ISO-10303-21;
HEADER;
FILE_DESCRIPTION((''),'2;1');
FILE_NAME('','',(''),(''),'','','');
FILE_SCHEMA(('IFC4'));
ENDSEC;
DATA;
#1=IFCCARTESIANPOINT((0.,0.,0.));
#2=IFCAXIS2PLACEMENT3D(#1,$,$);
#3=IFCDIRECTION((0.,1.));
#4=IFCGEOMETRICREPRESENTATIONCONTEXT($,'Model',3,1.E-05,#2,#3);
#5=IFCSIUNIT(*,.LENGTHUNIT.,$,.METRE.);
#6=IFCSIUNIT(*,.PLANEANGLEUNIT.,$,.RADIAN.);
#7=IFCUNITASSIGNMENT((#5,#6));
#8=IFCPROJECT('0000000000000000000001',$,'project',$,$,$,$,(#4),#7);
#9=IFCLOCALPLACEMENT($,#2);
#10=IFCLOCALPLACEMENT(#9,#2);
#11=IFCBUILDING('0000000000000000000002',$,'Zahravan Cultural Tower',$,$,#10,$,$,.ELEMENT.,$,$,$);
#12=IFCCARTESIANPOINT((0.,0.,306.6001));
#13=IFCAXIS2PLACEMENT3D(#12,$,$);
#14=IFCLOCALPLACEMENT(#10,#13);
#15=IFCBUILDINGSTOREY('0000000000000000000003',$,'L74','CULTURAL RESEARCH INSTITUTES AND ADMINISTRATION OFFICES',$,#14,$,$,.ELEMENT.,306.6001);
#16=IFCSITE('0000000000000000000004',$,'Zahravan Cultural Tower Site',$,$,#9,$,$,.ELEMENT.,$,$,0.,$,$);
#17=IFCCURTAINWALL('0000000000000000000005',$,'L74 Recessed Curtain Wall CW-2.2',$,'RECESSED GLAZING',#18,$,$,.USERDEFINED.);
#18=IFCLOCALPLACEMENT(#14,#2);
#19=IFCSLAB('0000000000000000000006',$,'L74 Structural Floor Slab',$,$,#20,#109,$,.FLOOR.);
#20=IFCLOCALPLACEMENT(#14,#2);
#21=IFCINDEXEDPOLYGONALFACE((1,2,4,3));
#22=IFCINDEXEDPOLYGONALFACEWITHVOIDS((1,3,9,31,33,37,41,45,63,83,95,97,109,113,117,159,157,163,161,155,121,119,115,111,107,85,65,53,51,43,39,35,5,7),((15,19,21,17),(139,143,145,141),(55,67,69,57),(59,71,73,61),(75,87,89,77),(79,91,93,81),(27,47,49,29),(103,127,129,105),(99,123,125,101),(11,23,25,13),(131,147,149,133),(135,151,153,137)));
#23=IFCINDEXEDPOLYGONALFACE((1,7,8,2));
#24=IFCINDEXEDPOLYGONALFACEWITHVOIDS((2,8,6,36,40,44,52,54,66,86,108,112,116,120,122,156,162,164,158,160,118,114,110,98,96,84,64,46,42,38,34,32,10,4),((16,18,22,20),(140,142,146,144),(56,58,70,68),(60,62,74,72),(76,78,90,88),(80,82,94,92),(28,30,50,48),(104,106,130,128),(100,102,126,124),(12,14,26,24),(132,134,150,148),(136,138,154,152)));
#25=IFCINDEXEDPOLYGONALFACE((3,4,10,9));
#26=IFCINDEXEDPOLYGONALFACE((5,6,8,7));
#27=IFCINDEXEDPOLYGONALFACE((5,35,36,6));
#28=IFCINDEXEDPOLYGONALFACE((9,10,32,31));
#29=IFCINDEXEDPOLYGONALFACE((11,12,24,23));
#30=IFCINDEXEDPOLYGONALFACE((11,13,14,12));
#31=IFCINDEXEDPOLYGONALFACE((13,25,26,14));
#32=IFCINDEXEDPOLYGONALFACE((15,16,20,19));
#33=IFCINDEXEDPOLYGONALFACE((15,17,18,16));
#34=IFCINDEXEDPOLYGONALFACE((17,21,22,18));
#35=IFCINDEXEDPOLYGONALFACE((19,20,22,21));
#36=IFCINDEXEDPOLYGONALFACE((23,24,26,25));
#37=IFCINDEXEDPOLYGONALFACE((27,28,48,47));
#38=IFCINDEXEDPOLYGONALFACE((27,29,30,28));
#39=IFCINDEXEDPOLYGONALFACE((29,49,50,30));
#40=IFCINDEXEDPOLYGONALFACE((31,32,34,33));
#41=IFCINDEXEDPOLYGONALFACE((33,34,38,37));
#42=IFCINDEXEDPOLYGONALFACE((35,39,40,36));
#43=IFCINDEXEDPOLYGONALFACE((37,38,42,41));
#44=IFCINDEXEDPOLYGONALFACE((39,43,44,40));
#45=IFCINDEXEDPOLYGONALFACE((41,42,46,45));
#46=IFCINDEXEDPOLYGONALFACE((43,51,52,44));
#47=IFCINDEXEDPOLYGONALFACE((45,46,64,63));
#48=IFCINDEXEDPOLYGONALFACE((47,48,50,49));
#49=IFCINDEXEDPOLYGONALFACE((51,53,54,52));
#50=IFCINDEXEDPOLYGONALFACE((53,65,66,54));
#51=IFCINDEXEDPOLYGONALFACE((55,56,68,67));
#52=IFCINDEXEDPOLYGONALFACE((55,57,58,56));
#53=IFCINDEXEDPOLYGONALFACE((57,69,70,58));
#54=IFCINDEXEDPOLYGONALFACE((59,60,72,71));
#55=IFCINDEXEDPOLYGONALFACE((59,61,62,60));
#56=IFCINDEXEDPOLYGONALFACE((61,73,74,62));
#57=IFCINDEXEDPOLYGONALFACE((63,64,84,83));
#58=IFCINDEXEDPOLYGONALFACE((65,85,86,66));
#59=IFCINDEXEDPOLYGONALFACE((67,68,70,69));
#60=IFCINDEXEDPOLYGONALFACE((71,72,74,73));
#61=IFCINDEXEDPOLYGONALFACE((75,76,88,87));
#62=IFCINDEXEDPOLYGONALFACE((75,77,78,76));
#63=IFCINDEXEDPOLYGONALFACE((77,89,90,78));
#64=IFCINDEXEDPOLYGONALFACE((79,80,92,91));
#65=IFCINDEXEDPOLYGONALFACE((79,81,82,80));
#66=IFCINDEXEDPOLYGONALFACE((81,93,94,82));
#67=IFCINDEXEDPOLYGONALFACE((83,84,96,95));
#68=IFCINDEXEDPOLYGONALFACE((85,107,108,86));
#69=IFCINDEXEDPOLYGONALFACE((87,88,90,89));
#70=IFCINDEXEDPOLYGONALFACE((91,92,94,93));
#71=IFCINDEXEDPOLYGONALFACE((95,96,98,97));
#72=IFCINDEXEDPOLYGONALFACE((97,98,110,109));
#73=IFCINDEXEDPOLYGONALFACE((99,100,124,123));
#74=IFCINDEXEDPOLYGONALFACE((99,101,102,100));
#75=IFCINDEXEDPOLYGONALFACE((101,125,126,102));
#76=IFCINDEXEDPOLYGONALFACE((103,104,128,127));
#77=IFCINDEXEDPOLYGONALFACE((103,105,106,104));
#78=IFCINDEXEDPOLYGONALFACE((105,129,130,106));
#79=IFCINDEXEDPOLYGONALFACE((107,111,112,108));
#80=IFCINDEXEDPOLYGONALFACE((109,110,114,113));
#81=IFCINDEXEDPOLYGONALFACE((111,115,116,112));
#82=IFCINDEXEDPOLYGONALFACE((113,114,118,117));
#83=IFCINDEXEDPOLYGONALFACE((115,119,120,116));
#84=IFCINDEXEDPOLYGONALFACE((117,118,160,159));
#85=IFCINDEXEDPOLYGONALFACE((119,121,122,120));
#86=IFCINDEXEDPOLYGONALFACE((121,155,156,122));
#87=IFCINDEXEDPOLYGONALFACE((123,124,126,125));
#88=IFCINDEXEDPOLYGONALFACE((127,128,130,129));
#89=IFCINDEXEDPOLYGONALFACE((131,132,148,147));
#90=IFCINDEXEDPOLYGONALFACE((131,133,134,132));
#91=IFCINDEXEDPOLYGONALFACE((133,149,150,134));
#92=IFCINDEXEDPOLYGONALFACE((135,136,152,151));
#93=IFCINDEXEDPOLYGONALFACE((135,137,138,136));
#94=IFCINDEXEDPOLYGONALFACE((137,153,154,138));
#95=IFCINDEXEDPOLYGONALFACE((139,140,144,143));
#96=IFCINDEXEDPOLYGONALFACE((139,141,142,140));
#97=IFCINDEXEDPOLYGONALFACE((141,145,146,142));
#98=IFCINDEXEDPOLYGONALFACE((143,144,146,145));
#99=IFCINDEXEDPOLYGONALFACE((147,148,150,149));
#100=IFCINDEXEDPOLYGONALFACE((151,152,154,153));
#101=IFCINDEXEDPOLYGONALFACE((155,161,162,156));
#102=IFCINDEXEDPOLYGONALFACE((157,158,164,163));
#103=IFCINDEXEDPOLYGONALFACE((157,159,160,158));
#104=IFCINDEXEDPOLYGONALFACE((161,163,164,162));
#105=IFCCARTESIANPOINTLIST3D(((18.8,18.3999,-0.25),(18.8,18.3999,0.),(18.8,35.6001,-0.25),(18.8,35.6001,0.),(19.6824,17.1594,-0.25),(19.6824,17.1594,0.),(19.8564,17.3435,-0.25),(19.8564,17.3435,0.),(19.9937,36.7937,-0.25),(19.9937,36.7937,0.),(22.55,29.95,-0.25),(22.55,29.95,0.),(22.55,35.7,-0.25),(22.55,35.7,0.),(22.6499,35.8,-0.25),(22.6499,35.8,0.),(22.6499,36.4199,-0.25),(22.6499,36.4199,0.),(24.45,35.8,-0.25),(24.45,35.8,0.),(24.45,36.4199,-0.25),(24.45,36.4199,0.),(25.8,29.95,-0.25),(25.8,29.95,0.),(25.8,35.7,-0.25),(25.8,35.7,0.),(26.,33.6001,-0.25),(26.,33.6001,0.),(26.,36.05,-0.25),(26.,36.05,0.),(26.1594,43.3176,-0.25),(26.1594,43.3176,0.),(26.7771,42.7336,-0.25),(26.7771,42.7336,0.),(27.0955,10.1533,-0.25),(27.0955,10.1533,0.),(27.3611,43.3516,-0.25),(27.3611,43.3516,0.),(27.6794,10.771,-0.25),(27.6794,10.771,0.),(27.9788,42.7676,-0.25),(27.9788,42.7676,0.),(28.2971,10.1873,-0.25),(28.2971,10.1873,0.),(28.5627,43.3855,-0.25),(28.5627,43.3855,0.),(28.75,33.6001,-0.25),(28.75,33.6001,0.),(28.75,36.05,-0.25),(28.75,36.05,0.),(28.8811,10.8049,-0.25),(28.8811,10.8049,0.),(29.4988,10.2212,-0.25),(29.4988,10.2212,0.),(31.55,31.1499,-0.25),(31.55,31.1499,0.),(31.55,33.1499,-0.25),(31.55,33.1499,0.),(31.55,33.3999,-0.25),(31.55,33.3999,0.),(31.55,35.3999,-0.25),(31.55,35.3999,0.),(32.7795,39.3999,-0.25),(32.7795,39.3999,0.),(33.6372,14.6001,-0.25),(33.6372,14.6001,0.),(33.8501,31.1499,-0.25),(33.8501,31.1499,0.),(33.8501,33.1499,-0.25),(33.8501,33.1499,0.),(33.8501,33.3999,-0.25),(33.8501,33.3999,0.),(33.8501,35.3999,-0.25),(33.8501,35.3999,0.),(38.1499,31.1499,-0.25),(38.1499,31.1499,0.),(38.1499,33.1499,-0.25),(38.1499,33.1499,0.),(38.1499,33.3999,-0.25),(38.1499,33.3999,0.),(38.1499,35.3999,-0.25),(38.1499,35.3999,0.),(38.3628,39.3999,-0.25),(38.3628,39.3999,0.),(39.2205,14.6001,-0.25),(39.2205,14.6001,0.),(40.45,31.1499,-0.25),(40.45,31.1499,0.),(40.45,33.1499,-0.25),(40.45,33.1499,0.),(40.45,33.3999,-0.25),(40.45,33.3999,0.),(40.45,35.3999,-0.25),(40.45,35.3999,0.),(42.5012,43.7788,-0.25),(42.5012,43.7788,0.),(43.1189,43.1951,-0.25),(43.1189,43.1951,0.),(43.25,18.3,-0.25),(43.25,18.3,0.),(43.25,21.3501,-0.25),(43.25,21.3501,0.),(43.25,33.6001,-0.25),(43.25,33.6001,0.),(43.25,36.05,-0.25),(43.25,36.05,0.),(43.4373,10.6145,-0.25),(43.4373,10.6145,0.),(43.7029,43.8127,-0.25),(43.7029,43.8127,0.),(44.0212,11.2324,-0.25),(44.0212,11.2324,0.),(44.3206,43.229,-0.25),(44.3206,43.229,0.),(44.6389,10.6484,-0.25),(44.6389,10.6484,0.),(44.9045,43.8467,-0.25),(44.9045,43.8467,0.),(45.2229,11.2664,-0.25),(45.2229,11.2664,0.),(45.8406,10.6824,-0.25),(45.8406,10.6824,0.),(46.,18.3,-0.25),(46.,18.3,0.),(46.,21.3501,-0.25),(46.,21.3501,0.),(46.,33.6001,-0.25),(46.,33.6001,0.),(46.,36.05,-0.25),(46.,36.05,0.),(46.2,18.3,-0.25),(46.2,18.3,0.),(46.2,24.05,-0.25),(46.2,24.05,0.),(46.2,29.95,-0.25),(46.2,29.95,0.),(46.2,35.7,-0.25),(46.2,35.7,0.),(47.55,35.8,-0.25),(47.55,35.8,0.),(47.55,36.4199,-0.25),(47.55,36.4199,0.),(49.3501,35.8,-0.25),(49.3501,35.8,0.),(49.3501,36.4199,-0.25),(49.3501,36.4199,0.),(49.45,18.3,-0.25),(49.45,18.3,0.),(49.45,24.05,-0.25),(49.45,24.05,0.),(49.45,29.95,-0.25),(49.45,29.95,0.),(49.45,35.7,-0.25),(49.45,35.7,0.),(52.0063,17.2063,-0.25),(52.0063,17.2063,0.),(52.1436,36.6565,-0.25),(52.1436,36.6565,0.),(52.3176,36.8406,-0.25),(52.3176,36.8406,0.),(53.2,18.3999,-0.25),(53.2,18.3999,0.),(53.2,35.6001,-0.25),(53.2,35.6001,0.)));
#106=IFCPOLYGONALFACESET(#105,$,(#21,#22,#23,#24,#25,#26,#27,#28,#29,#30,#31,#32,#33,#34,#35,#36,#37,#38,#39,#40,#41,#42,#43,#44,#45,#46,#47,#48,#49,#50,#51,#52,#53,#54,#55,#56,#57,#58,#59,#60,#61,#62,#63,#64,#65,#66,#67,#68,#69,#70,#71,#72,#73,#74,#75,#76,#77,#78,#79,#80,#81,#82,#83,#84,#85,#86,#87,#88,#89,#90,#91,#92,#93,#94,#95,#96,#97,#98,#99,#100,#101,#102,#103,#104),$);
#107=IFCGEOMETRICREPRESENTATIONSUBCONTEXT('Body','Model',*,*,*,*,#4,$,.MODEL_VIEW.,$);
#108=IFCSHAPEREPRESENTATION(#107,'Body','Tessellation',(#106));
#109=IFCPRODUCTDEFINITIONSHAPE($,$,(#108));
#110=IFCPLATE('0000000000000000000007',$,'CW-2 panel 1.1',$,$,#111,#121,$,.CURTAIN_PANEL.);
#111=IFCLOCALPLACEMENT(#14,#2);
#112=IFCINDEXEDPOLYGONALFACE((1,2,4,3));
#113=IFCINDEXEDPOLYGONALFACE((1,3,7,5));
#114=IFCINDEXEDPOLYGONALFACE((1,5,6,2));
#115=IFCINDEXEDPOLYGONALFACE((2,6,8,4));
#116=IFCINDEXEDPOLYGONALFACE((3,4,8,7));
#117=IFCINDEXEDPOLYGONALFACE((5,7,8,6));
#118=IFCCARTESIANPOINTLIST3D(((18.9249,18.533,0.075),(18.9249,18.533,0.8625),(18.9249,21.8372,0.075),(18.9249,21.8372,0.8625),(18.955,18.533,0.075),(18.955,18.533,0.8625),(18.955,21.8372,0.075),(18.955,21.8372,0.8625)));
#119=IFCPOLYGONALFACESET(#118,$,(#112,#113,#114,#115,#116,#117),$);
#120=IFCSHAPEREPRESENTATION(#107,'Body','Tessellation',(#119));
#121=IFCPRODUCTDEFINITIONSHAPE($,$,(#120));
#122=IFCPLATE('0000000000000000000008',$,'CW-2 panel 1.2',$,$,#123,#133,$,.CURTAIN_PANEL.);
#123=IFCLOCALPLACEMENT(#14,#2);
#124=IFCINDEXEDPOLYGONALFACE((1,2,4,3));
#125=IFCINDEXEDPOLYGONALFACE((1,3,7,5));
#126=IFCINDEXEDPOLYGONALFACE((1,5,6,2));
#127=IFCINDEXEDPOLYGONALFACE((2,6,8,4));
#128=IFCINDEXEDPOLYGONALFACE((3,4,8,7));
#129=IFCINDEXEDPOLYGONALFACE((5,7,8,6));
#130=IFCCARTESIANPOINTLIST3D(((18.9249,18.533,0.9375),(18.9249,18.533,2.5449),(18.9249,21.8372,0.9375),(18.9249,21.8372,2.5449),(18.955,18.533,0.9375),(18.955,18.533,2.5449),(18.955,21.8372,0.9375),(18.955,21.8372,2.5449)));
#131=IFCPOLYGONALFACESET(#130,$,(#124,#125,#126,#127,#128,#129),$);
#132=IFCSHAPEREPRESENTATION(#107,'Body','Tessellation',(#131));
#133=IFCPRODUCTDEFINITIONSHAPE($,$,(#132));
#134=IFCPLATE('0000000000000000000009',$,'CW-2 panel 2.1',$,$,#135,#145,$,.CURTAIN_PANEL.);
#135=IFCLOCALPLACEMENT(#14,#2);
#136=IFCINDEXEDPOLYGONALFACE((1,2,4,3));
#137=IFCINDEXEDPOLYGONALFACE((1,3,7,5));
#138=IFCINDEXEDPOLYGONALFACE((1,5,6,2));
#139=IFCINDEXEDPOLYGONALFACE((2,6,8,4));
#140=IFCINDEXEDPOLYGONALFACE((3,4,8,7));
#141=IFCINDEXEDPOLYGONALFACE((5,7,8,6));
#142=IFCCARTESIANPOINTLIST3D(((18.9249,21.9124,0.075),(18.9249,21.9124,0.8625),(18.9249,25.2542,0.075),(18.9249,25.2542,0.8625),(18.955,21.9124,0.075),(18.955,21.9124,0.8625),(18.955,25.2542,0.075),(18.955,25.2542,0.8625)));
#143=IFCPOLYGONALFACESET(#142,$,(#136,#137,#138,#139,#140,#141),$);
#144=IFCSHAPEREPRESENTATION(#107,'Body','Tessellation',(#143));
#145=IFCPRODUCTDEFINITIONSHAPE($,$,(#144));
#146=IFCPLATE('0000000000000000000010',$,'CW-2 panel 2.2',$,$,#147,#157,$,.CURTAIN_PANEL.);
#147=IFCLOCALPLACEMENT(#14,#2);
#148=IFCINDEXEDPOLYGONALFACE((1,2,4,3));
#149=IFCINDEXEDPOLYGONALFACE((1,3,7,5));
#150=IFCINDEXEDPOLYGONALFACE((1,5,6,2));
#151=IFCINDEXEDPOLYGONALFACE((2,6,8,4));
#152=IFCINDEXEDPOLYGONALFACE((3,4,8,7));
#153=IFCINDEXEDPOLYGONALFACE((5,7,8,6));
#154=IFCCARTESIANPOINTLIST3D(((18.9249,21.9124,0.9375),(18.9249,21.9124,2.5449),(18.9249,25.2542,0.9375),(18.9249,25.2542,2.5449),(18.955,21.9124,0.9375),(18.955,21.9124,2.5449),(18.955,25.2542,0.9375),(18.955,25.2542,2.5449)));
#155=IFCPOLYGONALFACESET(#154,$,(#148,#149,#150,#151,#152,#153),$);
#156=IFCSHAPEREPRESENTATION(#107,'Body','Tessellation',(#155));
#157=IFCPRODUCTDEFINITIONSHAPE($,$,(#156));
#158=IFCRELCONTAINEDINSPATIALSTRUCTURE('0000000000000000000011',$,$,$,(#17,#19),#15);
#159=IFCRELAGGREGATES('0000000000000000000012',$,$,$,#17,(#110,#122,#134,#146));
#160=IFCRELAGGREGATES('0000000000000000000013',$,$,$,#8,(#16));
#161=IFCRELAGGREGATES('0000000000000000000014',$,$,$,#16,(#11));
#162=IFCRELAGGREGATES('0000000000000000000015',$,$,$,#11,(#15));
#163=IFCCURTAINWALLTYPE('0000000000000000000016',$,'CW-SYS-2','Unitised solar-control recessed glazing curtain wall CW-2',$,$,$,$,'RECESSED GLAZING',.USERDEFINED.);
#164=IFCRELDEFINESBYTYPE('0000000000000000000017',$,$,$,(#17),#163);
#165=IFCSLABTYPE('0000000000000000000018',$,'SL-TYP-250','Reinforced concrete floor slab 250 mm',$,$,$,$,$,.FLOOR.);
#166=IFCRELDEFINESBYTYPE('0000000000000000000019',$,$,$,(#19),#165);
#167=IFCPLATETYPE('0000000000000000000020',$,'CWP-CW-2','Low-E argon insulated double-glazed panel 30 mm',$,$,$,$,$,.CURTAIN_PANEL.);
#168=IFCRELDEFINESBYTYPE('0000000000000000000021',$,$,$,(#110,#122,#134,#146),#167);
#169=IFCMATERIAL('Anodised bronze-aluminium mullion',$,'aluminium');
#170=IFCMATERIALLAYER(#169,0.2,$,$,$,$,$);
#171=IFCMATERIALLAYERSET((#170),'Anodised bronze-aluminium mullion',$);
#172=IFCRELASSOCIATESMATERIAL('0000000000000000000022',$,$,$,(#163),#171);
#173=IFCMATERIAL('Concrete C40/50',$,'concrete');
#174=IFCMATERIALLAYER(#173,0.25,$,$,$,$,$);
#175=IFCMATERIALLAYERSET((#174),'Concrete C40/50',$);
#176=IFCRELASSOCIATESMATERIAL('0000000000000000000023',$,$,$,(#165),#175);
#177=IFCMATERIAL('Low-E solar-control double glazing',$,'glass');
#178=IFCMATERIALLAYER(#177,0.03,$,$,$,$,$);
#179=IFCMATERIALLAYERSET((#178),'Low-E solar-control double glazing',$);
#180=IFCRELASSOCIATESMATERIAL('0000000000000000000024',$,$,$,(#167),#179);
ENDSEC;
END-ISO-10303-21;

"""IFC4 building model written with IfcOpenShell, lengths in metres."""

from ifc_helpers import new_model, si_unit, direction, frame, origin, origin_2d, place, context, subcontext, project, spatial, polyline, rectangle, outline, extrude, source, transform, mapped, material, layer, layer_set, type_object, element, aggregate, save


model = new_model("IFC4")

# Units and contexts
model_context = context("Model", 3, precision=1e-05, world=origin(), true_north=direction((0.0, 1.0)))
body_context = subcontext(model_context, "Body", "Model", "MODEL_VIEW")
ifc_project = project(units=[si_unit("LENGTHUNIT", "METRE"), si_unit("PLANEANGLEUNIT", "RADIAN")], contexts=[model_context])

# Site, building, storey
site_placement = place(None, origin())
site = spatial("IfcSite", under=ifc_project, at=site_placement, Name="Zahravan Cultural Tower Site", CompositionType="ELEMENT", RefElevation=0.0)
building_placement = place(site_placement, origin())
building = spatial("IfcBuilding", under=site, at=building_placement, Name="Zahravan Cultural Tower", CompositionType="ELEMENT")
storey_placement = place(building_placement, frame((0.0, 0.0, 306.6001)))
storey = spatial("IfcBuildingStorey", under=building, at=storey_placement, Name="L74", Description="CULTURAL RESEARCH INSTITUTES AND ADMINISTRATION OFFICES", CompositionType="ELEMENT", Elevation=306.6001)

# Curtain wall
ifc_material_1 = material(Name="Anodised bronze-aluminium mullion", Category="aluminium")
ifc_layer_1 = layer(ifc_material_1, 0.2)
ifc_layer_set_1 = layer_set([ifc_layer_1], Name="Anodised bronze-aluminium mullion")
curtain_wall_type = type_object("IfcCurtainWallType", Name="CW-SYS-2", Description="Unitised solar-control recessed glazing curtain wall CW-2", ElementType="RECESSED GLAZING", PredefinedType="USERDEFINED", material=ifc_layer_set_1)
curtain_wall_placement = place(storey_placement, origin())
curtain_wall = element("IfcCurtainWall", 1, at=curtain_wall_placement, inside=storey, type_object=curtain_wall_type, Name="L74 Recessed Curtain Wall CW-2.2", ObjectType="RECESSED GLAZING", PredefinedType="USERDEFINED")

# Slab
ifc_material_2 = material(Name="Concrete C40/50", Category="concrete")
ifc_layer_2 = layer(ifc_material_2, 0.25)
ifc_layer_set_2 = layer_set([ifc_layer_2], Name="Concrete C40/50")
slab_type_1 = type_object("IfcSlabType", Name="SL-TYP-250", Description="Reinforced concrete floor slab 250 mm", PredefinedType="FLOOR", material=ifc_layer_set_2)
slab_1_placement = place(storey_placement, frame((0.0, 0.0, -0.25)))
element("IfcSlab", 2, at=slab_1_placement, inside=storey, type_object=slab_type_1, Name="L74 Structural Floor Slab", PredefinedType="FLOOR", context=body_context, shape_type="SweptSolid", body=[
    extrude(outline(polyline([(38.3628, 39.3999), (32.7795, 39.3999), (28.5627, 43.3855), (27.9788, 42.7676), (27.3611, 43.3516), (26.7771, 42.7336), (26.1594, 43.3176), (19.9937, 36.7937), (18.8, 35.6001), (18.8, 18.3999), (19.8564, 17.3435), (19.6824, 17.1594), (27.0955, 10.1533), (27.6794, 10.771), (28.2971, 10.1873), (28.8811, 10.8049), (29.4988, 10.2212), (33.6372, 14.6001), (39.2205, 14.6001), (43.4373, 10.6145), (44.0212, 11.2324), (44.6389, 10.6484), (45.2229, 11.2664), (45.8406, 10.6824), (52.0063, 17.2063), (53.2, 18.3999), (53.2, 35.6001), (52.1436, 36.6565), (52.3176, 36.8406), (44.9045, 43.8467), (44.3206, 43.229), (43.7029, 43.8127), (43.1189, 43.1951), (42.5012, 43.7788), (38.3628, 39.3999)]), holes=[polyline([(22.55, 29.95), (22.55, 35.7), (25.8, 35.7), (25.8, 29.95), (22.55, 29.95)]), polyline([(46.2, 29.95), (46.2, 35.7), (49.45, 35.7), (49.45, 29.95), (46.2, 29.95)]), polyline([(46.2, 18.3), (46.2, 24.05), (49.45, 24.05), (49.45, 18.3), (46.2, 18.3)]), polyline([(26.0, 33.6001), (26.0, 36.05), (28.75, 36.05), (28.75, 33.6001), (26.0, 33.6001)]), polyline([(43.25, 33.6001), (43.25, 36.05), (46.0, 36.05), (46.0, 33.6001), (43.25, 33.6001)]), polyline([(43.25, 18.3), (43.25, 21.3501), (46.0, 21.3501), (46.0, 18.3), (43.25, 18.3)]), polyline([(31.55, 33.3999), (31.55, 35.3999), (33.8501, 35.3999), (33.8501, 33.3999), (31.55, 33.3999)]), polyline([(31.55, 31.1499), (31.55, 33.1499), (33.8501, 33.1499), (33.8501, 31.1499), (31.55, 31.1499)]), polyline([(38.1499, 33.3999), (38.1499, 35.3999), (40.45, 35.3999), (40.45, 33.3999), (38.1499, 33.3999)]), polyline([(38.1499, 31.1499), (38.1499, 33.1499), (40.45, 33.1499), (40.45, 31.1499), (38.1499, 31.1499)]), polyline([(22.6499, 35.8), (22.6499, 36.4199), (24.45, 36.4199), (24.45, 35.8), (22.6499, 35.8)]), polyline([(47.55, 35.8), (47.55, 36.4199), (49.3501, 36.4199), (49.3501, 35.8), (47.55, 35.8)])]), origin(), (0.0, 0.0, 1.0), 0.25),
])

# Plates
ifc_material_3 = material(Name="Low-E solar-control double glazing", Category="glass")
ifc_layer_3 = layer(ifc_material_3, 0.03)
ifc_layer_set_3 = layer_set([ifc_layer_3], Name="Low-E solar-control double glazing")
plate_type = type_object("IfcPlateType", Name="CWP-CW-2", Description="Low-E argon insulated double-glazed panel 30 mm", PredefinedType="CURTAIN_PANEL", material=ifc_layer_set_3)
shared_shape_1 = source(origin(), body_context, "Body", "SweptSolid", [
    extrude(rectangle(XDim=3.3042, YDim=0.03, at=origin_2d()), origin(), (0.0, 0.0, 1.0), 0.7876),
])
plate_1_placement = place(storey_placement, frame((18.9399, 20.1851, 0.075), z_axis=(0.0, 0.0, 1.0), x_axis=(0.0, 1.0, 0.0)))
plate_1 = element("IfcPlate", 3, at=plate_1_placement, type_object=plate_type, Name="CW-2 panel 1.1", PredefinedType="CURTAIN_PANEL", context=body_context, shape_type="MappedRepresentation", body=[
    mapped(shared_shape_1, transform((0.0, 0.0, 0.0), x_axis=(1.0, 0.0, 0.0), y_axis=(0.0, 1.0, 0.0), z_axis=(0.0, 0.0, 1.0), scale=1.0)),
])
shared_shape_2 = source(origin(), body_context, "Body", "SweptSolid", [
    extrude(rectangle(XDim=3.3042, YDim=0.03, at=origin_2d()), origin(), (0.0, 0.0, 1.0), 1.6074),
])
plate_2_placement = place(storey_placement, frame((18.9399, 20.1851, 0.9375), z_axis=(0.0, 0.0, 1.0), x_axis=(0.0, 1.0, 0.0)))
plate_2 = element("IfcPlate", 4, at=plate_2_placement, type_object=plate_type, Name="CW-2 panel 1.2", PredefinedType="CURTAIN_PANEL", context=body_context, shape_type="MappedRepresentation", body=[
    mapped(shared_shape_2, transform((0.0, 0.0, 0.0), x_axis=(1.0, 0.0, 0.0), y_axis=(0.0, 1.0, 0.0), z_axis=(0.0, 0.0, 1.0), scale=1.0)),
])
shared_shape_3 = source(origin(), body_context, "Body", "SweptSolid", [
    extrude(rectangle(XDim=3.3418, YDim=0.03, at=origin_2d()), origin(), (0.0, 0.0, 1.0), 0.7876),
])
plate_3_placement = place(storey_placement, frame((18.9399, 23.5833, 0.075), z_axis=(0.0, 0.0, 1.0), x_axis=(0.0, 1.0, 0.0)))
plate_3 = element("IfcPlate", 5, at=plate_3_placement, type_object=plate_type, Name="CW-2 panel 2.1", PredefinedType="CURTAIN_PANEL", context=body_context, shape_type="MappedRepresentation", body=[
    mapped(shared_shape_3, transform((0.0, 0.0, 0.0), x_axis=(1.0, 0.0, 0.0), y_axis=(0.0, 1.0, 0.0), z_axis=(0.0, 0.0, 1.0), scale=1.0)),
])
shared_shape_4 = source(origin(), body_context, "Body", "SweptSolid", [
    extrude(rectangle(XDim=3.3418, YDim=0.03, at=origin_2d()), origin(), (0.0, 0.0, 1.0), 1.6074),
])
plate_4_placement = place(storey_placement, frame((18.9399, 23.5833, 0.9375), z_axis=(0.0, 0.0, 1.0), x_axis=(0.0, 1.0, 0.0)))
plate_4 = element("IfcPlate", 6, at=plate_4_placement, type_object=plate_type, Name="CW-2 panel 2.2", PredefinedType="CURTAIN_PANEL", context=body_context, shape_type="MappedRepresentation", body=[
    mapped(shared_shape_4, transform((0.0, 0.0, 0.0), x_axis=(1.0, 0.0, 0.0), y_axis=(0.0, 1.0, 0.0), z_axis=(0.0, 0.0, 1.0), scale=1.0)),
])
aggregate(curtain_wall, [plate_1, plate_2, plate_3, plate_4])

save(model, "model.ifc")
